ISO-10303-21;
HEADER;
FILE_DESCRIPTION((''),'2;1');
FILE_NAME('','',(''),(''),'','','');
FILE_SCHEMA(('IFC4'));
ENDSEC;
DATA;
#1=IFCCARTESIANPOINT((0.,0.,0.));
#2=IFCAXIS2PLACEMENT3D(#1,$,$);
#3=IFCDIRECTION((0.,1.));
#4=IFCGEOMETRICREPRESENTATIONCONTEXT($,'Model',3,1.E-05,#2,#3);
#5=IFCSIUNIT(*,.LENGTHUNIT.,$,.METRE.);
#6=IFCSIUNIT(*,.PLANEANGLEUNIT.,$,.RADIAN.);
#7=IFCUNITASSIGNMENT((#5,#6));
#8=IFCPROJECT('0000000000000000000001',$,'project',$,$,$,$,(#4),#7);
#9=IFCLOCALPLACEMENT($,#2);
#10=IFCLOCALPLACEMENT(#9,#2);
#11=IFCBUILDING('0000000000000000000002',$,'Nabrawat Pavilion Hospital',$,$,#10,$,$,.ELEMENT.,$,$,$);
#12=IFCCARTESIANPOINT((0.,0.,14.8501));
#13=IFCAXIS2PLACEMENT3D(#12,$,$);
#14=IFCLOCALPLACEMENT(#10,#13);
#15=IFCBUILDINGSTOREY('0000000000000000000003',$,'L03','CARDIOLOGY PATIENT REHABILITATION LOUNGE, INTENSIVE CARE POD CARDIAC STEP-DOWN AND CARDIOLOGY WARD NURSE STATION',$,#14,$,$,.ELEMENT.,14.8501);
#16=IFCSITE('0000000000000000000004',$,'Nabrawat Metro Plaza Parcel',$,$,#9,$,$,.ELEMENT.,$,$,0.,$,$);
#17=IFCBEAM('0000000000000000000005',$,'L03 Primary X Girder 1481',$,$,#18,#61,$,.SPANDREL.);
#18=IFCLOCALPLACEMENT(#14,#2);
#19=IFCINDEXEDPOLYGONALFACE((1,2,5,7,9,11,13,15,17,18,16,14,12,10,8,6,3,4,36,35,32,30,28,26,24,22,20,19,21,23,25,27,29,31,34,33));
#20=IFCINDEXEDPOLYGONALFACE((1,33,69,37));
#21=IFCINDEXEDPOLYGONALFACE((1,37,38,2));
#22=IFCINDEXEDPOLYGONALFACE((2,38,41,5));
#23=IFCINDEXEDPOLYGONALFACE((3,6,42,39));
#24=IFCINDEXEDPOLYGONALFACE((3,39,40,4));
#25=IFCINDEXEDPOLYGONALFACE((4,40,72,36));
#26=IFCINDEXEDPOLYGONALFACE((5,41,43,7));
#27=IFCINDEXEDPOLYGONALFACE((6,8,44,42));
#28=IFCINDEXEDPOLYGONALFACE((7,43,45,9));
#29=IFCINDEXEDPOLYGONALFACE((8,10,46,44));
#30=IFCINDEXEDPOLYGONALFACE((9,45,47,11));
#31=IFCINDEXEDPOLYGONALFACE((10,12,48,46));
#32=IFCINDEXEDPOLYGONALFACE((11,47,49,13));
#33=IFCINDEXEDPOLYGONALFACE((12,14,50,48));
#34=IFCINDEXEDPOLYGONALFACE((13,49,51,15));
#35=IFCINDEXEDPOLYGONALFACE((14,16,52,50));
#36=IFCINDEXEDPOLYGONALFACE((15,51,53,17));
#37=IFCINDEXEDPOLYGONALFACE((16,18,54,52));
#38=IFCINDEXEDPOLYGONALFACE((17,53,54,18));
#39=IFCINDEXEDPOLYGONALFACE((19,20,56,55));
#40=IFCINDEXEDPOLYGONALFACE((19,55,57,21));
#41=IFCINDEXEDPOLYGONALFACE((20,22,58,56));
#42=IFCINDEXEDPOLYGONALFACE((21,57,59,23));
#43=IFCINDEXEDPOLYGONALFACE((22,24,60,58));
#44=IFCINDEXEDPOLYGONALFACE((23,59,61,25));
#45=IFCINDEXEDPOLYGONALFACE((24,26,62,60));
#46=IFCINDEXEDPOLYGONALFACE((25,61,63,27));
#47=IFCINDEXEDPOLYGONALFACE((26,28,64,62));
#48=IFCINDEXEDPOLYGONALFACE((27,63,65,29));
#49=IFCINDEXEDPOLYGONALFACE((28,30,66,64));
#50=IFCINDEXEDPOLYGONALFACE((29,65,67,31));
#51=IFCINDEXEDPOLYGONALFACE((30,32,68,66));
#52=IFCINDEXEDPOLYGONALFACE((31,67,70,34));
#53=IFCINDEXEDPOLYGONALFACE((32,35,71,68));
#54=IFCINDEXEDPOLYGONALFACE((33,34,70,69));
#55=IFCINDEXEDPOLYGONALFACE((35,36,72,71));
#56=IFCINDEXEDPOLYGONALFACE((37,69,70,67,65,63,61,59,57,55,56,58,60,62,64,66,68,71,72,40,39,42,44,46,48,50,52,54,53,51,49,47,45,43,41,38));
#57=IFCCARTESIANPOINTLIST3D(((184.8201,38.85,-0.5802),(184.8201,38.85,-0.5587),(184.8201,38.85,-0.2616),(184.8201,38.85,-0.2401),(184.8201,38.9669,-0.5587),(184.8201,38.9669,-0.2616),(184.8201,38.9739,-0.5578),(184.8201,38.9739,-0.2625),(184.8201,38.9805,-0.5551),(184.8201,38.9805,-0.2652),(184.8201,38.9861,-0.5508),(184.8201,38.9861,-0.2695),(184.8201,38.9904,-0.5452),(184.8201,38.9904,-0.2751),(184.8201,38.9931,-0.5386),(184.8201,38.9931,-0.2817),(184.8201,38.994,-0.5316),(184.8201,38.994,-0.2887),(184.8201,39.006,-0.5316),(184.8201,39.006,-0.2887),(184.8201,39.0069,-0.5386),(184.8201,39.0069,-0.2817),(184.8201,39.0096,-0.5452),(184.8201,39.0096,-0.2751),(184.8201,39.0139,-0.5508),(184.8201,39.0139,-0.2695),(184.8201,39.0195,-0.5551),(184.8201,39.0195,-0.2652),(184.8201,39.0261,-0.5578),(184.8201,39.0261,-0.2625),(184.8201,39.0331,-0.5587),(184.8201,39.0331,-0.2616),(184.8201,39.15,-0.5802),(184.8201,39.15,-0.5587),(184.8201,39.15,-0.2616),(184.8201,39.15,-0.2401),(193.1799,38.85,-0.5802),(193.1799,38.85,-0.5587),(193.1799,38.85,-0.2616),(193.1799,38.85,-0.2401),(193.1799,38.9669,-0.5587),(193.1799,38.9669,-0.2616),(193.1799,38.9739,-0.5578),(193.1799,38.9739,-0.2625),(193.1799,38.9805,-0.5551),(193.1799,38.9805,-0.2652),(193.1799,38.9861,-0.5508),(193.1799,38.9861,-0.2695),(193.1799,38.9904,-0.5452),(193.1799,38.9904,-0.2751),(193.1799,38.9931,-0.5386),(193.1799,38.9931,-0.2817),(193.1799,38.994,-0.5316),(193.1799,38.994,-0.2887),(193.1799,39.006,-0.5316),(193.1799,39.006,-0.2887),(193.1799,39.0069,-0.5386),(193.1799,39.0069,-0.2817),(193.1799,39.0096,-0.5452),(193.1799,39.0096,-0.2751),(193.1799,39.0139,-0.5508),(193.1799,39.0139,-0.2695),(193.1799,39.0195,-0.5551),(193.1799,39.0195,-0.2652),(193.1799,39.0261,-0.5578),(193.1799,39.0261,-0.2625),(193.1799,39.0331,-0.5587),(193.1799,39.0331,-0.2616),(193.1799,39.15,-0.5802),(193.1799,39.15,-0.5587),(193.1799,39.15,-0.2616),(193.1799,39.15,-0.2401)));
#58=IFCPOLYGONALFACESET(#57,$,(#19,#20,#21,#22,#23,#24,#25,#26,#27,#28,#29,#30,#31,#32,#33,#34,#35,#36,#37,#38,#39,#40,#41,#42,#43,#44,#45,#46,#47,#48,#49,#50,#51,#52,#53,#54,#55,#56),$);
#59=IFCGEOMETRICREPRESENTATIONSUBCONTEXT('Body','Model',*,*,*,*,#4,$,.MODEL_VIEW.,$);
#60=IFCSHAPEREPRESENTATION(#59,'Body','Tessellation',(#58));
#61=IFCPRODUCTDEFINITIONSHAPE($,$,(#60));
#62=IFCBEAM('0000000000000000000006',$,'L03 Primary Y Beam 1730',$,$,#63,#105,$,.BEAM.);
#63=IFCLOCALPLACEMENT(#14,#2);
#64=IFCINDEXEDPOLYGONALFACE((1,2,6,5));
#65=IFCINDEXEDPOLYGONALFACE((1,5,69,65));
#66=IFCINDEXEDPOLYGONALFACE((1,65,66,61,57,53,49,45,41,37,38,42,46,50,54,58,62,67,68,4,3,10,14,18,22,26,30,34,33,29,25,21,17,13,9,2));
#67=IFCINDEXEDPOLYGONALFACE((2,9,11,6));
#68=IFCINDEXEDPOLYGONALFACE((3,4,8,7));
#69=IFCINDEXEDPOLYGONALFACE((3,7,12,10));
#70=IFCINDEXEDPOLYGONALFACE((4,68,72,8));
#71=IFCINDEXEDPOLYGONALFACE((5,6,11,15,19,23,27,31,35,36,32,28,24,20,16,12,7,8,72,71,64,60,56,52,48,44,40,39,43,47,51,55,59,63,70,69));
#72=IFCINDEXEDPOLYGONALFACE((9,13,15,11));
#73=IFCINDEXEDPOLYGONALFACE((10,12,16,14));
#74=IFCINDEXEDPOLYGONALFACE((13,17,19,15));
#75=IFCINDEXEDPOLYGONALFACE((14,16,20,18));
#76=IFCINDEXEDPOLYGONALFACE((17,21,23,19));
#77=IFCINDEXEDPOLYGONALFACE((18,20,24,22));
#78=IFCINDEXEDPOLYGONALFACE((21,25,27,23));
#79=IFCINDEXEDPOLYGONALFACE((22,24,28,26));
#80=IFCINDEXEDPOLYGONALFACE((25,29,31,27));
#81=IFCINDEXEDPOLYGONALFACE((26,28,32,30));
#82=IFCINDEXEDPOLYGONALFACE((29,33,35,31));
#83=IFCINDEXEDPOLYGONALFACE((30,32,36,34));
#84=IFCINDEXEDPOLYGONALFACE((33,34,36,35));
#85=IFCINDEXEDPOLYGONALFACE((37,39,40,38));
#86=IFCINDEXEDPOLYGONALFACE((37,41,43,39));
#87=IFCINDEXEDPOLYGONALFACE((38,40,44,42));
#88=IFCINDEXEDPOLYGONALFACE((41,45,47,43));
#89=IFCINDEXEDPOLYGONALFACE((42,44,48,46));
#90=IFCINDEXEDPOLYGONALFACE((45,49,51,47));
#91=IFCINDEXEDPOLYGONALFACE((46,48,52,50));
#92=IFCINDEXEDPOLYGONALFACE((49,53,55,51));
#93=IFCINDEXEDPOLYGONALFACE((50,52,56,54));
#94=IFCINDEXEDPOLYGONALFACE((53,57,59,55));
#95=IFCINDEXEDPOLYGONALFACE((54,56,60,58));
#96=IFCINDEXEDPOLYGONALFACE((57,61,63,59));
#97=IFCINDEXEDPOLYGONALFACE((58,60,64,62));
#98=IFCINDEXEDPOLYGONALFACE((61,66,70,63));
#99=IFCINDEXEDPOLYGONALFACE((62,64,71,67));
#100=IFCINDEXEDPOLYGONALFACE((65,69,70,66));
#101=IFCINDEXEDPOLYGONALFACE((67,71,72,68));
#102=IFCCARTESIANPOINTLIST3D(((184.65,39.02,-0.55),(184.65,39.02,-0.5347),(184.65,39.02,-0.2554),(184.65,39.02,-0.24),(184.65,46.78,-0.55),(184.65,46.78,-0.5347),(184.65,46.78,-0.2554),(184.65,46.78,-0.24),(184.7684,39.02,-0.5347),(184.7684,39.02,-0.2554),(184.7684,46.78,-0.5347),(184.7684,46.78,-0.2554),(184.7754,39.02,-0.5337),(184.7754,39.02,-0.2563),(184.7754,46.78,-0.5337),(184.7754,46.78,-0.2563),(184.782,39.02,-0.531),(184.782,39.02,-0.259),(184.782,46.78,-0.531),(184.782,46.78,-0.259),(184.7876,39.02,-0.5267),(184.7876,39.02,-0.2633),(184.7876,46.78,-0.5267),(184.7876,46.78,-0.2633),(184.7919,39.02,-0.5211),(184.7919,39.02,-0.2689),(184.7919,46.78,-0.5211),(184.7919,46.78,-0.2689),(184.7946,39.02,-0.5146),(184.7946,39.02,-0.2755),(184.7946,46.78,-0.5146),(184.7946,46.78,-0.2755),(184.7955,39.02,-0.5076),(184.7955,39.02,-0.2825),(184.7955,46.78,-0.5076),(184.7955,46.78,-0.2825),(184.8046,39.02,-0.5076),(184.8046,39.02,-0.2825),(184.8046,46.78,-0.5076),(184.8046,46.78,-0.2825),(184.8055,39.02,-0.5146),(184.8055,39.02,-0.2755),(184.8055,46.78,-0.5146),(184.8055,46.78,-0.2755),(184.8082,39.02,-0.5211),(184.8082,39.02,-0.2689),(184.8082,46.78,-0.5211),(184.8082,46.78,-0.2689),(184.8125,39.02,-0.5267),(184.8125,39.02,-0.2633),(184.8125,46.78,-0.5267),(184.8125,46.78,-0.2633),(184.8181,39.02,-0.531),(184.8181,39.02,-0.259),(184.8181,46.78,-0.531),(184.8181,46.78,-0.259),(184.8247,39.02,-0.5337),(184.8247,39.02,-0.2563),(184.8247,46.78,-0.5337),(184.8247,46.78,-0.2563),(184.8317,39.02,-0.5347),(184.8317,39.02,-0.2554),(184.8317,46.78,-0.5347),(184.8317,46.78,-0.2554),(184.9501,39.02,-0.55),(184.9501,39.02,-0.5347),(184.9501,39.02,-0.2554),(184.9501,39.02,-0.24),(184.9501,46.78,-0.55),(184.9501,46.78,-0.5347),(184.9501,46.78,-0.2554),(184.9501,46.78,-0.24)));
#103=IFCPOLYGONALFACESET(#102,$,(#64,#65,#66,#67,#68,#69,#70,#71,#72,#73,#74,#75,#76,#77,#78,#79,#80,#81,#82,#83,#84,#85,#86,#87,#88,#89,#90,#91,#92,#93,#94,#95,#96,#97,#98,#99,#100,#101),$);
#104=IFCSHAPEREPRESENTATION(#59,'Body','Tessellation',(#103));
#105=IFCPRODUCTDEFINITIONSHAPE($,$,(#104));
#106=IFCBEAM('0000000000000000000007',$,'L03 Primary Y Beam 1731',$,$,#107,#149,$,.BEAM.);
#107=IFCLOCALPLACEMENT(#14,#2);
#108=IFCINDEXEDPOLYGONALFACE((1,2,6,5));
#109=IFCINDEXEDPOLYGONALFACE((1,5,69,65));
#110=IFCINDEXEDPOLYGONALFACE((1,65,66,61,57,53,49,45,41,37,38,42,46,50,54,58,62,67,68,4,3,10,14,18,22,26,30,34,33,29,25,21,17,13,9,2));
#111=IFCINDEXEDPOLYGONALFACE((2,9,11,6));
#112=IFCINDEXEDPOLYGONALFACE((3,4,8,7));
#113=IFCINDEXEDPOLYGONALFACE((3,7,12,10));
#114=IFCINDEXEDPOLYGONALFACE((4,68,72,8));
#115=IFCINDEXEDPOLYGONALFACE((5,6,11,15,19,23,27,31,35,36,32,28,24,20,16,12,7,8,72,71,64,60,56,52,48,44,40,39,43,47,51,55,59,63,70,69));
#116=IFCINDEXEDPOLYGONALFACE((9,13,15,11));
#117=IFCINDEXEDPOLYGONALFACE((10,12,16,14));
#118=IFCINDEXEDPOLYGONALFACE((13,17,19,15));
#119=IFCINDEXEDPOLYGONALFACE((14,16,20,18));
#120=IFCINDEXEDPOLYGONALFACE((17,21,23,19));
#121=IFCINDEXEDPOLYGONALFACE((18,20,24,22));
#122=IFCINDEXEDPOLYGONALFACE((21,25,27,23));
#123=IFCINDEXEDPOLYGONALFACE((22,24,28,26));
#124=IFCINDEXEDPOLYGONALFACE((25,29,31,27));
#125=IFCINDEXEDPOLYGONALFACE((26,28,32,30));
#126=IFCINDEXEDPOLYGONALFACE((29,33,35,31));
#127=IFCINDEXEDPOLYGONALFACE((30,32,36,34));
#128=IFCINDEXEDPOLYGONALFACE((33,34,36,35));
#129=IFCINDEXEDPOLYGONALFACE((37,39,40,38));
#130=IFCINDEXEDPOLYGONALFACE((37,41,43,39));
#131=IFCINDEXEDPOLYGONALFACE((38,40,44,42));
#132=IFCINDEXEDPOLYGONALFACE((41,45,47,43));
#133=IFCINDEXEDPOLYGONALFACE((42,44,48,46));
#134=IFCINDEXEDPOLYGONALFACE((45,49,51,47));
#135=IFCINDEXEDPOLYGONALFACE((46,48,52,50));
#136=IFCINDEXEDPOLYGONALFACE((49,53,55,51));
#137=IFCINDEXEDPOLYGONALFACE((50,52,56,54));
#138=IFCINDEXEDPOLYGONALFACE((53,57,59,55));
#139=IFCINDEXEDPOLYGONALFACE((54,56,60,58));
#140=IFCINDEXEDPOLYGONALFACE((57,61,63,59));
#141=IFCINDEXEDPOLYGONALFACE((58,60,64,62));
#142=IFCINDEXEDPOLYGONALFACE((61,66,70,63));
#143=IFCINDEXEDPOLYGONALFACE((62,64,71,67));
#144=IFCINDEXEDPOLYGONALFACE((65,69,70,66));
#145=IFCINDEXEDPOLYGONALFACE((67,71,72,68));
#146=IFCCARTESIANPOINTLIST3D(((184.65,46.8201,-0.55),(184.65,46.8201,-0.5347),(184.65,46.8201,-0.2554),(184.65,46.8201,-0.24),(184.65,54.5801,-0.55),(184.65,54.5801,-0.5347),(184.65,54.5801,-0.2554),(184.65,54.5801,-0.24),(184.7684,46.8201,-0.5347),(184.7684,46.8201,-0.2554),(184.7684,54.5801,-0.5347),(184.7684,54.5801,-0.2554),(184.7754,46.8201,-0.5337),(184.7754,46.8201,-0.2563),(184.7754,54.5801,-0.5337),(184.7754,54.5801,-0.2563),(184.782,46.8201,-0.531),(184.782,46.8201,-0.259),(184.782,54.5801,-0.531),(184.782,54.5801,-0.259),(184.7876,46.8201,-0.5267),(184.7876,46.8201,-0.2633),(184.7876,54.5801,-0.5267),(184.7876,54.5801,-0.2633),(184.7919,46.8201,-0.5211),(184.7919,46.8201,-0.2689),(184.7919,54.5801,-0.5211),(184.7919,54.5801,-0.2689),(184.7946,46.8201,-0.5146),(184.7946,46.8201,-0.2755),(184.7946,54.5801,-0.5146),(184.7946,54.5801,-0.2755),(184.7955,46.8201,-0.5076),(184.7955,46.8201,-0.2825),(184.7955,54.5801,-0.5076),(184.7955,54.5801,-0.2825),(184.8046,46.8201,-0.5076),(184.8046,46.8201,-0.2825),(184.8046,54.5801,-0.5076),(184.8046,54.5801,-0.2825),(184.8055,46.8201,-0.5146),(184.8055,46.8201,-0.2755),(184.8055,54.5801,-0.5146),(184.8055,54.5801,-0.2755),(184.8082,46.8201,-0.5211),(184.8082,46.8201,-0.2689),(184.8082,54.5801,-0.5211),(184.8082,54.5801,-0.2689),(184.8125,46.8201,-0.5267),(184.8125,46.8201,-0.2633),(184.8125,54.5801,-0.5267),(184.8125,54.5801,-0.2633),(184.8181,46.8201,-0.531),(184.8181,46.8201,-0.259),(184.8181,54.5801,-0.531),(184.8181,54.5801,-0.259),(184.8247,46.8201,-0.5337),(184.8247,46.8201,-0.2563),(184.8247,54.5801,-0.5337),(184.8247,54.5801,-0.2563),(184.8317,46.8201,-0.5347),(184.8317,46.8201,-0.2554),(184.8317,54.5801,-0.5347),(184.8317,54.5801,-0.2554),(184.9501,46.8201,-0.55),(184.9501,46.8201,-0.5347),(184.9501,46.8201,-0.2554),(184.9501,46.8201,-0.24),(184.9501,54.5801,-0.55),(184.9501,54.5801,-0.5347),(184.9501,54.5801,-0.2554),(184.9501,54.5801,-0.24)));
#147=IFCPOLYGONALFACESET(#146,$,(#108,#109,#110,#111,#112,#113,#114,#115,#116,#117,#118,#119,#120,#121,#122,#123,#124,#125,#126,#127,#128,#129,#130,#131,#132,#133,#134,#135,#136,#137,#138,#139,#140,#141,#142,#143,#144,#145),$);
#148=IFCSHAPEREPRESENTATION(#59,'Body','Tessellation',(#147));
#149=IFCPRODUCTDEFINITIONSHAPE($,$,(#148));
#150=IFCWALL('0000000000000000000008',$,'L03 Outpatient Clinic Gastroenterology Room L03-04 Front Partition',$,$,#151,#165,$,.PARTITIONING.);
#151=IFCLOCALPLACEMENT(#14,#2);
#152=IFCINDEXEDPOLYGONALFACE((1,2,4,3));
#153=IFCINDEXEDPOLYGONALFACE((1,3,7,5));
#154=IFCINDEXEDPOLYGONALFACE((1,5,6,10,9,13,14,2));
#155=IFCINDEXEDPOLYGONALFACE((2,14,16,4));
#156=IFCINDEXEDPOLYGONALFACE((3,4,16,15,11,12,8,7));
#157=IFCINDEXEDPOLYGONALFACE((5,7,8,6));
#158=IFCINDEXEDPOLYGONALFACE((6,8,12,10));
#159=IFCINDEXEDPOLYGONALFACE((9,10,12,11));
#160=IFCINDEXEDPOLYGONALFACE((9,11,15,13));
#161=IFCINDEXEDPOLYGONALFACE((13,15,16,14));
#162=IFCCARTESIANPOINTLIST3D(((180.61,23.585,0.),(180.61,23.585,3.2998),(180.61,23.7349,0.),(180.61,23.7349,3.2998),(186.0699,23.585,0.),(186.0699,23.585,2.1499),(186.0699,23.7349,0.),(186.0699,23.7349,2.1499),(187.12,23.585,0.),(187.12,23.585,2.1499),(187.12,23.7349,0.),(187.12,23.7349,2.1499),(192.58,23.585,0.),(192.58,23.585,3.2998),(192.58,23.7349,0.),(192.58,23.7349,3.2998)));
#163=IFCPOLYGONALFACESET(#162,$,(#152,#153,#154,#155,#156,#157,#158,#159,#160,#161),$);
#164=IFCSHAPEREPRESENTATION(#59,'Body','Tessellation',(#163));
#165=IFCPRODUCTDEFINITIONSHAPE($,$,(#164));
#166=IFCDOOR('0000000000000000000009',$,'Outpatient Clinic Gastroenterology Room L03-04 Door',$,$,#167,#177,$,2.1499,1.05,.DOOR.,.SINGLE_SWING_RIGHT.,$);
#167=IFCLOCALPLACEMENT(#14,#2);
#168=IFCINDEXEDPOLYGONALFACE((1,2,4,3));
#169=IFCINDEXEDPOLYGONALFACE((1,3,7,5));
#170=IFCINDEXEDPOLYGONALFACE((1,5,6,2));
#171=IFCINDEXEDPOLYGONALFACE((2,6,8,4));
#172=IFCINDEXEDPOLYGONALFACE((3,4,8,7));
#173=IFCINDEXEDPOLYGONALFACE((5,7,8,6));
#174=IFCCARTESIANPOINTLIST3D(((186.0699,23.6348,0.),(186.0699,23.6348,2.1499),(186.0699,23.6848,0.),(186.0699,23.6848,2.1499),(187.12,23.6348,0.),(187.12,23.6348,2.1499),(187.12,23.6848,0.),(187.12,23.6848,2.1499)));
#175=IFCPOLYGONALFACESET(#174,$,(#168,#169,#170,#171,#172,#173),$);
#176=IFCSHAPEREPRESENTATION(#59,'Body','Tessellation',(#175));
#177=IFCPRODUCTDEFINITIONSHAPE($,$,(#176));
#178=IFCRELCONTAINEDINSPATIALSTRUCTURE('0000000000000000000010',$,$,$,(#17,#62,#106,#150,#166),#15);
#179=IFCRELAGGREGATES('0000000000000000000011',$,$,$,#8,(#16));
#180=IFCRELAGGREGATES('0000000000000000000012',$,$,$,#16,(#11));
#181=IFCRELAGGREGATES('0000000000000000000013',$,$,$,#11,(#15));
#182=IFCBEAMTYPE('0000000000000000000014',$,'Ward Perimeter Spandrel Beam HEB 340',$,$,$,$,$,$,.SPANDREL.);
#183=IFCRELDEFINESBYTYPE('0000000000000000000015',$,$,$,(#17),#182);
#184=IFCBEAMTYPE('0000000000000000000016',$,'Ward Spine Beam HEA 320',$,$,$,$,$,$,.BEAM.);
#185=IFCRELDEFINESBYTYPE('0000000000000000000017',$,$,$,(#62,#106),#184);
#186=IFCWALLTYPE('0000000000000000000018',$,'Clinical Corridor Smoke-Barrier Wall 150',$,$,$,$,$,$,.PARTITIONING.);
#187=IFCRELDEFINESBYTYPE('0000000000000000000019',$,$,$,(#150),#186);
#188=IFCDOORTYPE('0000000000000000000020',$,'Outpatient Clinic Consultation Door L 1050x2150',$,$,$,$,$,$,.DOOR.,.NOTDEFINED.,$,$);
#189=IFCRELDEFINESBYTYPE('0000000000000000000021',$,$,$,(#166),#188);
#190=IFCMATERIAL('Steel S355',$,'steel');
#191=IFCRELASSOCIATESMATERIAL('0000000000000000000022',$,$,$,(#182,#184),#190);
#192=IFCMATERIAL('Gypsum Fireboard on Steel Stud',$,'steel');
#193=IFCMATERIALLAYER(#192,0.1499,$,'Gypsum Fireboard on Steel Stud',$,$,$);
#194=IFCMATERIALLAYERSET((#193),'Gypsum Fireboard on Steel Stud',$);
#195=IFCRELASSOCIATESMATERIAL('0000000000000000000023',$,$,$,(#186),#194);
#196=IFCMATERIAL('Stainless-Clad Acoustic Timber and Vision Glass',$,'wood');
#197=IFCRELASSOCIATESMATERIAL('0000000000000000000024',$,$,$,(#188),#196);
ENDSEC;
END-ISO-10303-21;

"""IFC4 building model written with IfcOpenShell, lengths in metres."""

from ifc_helpers import new_model, si_unit, direction, frame, frame_2d, origin, origin_2d, place, context, subcontext, project, spatial, rectangle, i_section, extrude, material, layer, layer_set, material_profile, profile_set, type_object, element, fill, save


model = new_model("IFC4")

# Units and contexts
model_context = context("Model", 3, precision=1e-05, world=origin(), true_north=direction((0.0, 1.0)))
body_context = subcontext(model_context, "Body", "Model", "MODEL_VIEW")
ifc_project = project(units=[si_unit("LENGTHUNIT", "METRE"), si_unit("PLANEANGLEUNIT", "RADIAN")], contexts=[model_context])

# Site, building, storey
site_placement = place(None, origin())
site = spatial("IfcSite", under=ifc_project, at=site_placement, Name="Nabrawat Metro Plaza Parcel", CompositionType="ELEMENT", RefElevation=0.0)
building_placement = place(site_placement, origin())
building = spatial("IfcBuilding", under=site, at=building_placement, Name="Nabrawat Pavilion Hospital", CompositionType="ELEMENT")
storey_placement = place(building_placement, frame((0.0, 0.0, 14.8501)))
storey = spatial("IfcBuildingStorey", under=building, at=storey_placement, Name="L03", Description="CARDIOLOGY PATIENT REHABILITATION LOUNGE, INTENSIVE CARE POD CARDIAC STEP-DOWN AND CARDIOLOGY WARD NURSE STATION", CompositionType="ELEMENT", Elevation=14.8501)

# Shared definitions
ifc_material_1 = material(Name="Steel S355", Category="steel")

# Beams
ifc_material_profile_1 = material_profile(ifc_material_1, i_section(OverallWidth=0.3, OverallDepth=0.3401, WebThickness=0.012, FlangeThickness=0.0215, FilletRadius=0.0271, at=origin_2d()), Name="HEB 340")
ifc_profile_set_1 = profile_set([ifc_material_profile_1], Name="Steel S355")
beam_type_1 = type_object("IfcBeamType", Name="Ward Perimeter Spandrel Beam HEB 340", PredefinedType="SPANDREL", material=ifc_profile_set_1)
beam_1_placement = place(storey_placement, frame((184.8201, 39.0, -0.4102), z_axis=(1.0, 0.0, 0.0), x_axis=(0.0, 1.0, 0.0)))
element("IfcBeam", 1, at=beam_1_placement, inside=storey, type_object=beam_type_1, Name="L03 Primary X Girder 1481", PredefinedType="SPANDREL", context=body_context, shape_type="SweptSolid", body=[
    extrude(i_section(OverallWidth=0.3, OverallDepth=0.3401, WebThickness=0.012, FlangeThickness=0.0215, FilletRadius=0.0271, at=origin_2d()), origin(), (0.0, 0.0, 1.0), 8.3599),
])
ifc_material_profile_2 = material_profile(ifc_material_1, i_section(OverallWidth=0.3, OverallDepth=0.3101, WebThickness=0.009, FlangeThickness=0.0154, FilletRadius=0.0271, at=origin_2d()), Name="HEA 320")
ifc_profile_set_2 = profile_set([ifc_material_profile_2], Name="Steel S355")
beam_type_2 = type_object("IfcBeamType", Name="Ward Spine Beam HEA 320", PredefinedType="BEAM", material=ifc_profile_set_2)
for number, where, z_axis, x_axis, name in (
    (2, (184.8, 39.02, -0.395), (0.0, 1.0, 0.0), (-1.0, 0.0, 0.0), "L03 Primary Y Beam 1730"),
    (3, (184.8, 46.8201, -0.395), (0.0, 1.0, 0.0), (-1.0, 0.0, 0.0), "L03 Primary Y Beam 1731"),
):
    element("IfcBeam", number, at=place(storey_placement, frame(where, z_axis=z_axis, x_axis=x_axis)), inside=storey, type_object=beam_type_2, Name=name, PredefinedType="BEAM", context=body_context, shape_type="SweptSolid", body=[
        extrude(i_section(OverallWidth=0.3, OverallDepth=0.3101, WebThickness=0.009, FlangeThickness=0.0154, FilletRadius=0.0271, at=origin_2d()), origin(), (0.0, 0.0, 1.0), 7.76),
    ])

# Wall, opening, door
ifc_material_2 = material(Name="Gypsum Fireboard on Steel Stud", Category="steel")
ifc_layer_1 = layer(ifc_material_2, 0.1499, Name="Gypsum Fireboard on Steel Stud")
ifc_layer_set_1 = layer_set([ifc_layer_1], Name="Gypsum Fireboard on Steel Stud")
wall_type_1 = type_object("IfcWallType", Name="Clinical Corridor Smoke-Barrier Wall 150", PredefinedType="PARTITIONING", material=ifc_layer_set_1)
wall_1_placement = place(storey_placement, frame((180.6101, 23.6599, 0.0), z_axis=(0.0, 0.0, 1.0), x_axis=(1.0, 0.0, 0.0)))
wall_1 = element("IfcWall", 4, at=wall_1_placement, inside=storey, type_object=wall_type_1, Name="L03 Outpatient Clinic Gastroenterology Room L03-04 Front Partition", PredefinedType="PARTITIONING", context=body_context, shape_type="SweptSolid", body=[
    extrude(rectangle(XDim=11.97, YDim=0.1499, at=frame_2d((5.9849, 0.0))), origin(), (0.0, 0.0, 1.0), 3.2998),
])
opening_1_placement = place(wall_1_placement, frame((5.46, 0.0, 0.0)))
opening_1 = element("IfcOpeningElement", 5, at=opening_1_placement, cuts=wall_1, PredefinedType="OPENING", context=body_context, shape_type="SweptSolid", body=[
    extrude(rectangle(XDim=1.05, YDim=2.1499, at=frame_2d((0.5249, 1.075))), frame((0.0, 0.085, 0.0), z_axis=(0.0, -1.0, 0.0), x_axis=(1.0, 0.0, 0.0)), (0.0, 0.0, 1.0), 0.1699),
])
ifc_material_3 = material(Name="Stainless-Clad Acoustic Timber and Vision Glass", Category="wood")
door_type_1 = type_object("IfcDoorType", Name="Outpatient Clinic Consultation Door L 1050x2150", OperationType="NOTDEFINED", PredefinedType="DOOR", material=ifc_material_3)
door_1_placement = place(opening_1_placement, origin())
door_1 = element("IfcDoor", 6, at=door_1_placement, inside=storey, type_object=door_type_1, Name="Outpatient Clinic Gastroenterology Room L03-04 Door", OperationType="SINGLE_SWING_RIGHT", OverallHeight=2.1499, OverallWidth=1.05, PredefinedType="DOOR", context=body_context, shape_type="SweptSolid", body=[
    extrude(rectangle(XDim=1.05, YDim=2.1499, at=frame_2d((0.5249, 1.075))), frame((0.0, 0.0249, 0.0), z_axis=(0.0, -1.0, 0.0), x_axis=(1.0, 0.0, 0.0)), (0.0, 0.0, 1.0), 0.05),
])
fill(opening_1, door_1)

save(model, "model.ifc")
